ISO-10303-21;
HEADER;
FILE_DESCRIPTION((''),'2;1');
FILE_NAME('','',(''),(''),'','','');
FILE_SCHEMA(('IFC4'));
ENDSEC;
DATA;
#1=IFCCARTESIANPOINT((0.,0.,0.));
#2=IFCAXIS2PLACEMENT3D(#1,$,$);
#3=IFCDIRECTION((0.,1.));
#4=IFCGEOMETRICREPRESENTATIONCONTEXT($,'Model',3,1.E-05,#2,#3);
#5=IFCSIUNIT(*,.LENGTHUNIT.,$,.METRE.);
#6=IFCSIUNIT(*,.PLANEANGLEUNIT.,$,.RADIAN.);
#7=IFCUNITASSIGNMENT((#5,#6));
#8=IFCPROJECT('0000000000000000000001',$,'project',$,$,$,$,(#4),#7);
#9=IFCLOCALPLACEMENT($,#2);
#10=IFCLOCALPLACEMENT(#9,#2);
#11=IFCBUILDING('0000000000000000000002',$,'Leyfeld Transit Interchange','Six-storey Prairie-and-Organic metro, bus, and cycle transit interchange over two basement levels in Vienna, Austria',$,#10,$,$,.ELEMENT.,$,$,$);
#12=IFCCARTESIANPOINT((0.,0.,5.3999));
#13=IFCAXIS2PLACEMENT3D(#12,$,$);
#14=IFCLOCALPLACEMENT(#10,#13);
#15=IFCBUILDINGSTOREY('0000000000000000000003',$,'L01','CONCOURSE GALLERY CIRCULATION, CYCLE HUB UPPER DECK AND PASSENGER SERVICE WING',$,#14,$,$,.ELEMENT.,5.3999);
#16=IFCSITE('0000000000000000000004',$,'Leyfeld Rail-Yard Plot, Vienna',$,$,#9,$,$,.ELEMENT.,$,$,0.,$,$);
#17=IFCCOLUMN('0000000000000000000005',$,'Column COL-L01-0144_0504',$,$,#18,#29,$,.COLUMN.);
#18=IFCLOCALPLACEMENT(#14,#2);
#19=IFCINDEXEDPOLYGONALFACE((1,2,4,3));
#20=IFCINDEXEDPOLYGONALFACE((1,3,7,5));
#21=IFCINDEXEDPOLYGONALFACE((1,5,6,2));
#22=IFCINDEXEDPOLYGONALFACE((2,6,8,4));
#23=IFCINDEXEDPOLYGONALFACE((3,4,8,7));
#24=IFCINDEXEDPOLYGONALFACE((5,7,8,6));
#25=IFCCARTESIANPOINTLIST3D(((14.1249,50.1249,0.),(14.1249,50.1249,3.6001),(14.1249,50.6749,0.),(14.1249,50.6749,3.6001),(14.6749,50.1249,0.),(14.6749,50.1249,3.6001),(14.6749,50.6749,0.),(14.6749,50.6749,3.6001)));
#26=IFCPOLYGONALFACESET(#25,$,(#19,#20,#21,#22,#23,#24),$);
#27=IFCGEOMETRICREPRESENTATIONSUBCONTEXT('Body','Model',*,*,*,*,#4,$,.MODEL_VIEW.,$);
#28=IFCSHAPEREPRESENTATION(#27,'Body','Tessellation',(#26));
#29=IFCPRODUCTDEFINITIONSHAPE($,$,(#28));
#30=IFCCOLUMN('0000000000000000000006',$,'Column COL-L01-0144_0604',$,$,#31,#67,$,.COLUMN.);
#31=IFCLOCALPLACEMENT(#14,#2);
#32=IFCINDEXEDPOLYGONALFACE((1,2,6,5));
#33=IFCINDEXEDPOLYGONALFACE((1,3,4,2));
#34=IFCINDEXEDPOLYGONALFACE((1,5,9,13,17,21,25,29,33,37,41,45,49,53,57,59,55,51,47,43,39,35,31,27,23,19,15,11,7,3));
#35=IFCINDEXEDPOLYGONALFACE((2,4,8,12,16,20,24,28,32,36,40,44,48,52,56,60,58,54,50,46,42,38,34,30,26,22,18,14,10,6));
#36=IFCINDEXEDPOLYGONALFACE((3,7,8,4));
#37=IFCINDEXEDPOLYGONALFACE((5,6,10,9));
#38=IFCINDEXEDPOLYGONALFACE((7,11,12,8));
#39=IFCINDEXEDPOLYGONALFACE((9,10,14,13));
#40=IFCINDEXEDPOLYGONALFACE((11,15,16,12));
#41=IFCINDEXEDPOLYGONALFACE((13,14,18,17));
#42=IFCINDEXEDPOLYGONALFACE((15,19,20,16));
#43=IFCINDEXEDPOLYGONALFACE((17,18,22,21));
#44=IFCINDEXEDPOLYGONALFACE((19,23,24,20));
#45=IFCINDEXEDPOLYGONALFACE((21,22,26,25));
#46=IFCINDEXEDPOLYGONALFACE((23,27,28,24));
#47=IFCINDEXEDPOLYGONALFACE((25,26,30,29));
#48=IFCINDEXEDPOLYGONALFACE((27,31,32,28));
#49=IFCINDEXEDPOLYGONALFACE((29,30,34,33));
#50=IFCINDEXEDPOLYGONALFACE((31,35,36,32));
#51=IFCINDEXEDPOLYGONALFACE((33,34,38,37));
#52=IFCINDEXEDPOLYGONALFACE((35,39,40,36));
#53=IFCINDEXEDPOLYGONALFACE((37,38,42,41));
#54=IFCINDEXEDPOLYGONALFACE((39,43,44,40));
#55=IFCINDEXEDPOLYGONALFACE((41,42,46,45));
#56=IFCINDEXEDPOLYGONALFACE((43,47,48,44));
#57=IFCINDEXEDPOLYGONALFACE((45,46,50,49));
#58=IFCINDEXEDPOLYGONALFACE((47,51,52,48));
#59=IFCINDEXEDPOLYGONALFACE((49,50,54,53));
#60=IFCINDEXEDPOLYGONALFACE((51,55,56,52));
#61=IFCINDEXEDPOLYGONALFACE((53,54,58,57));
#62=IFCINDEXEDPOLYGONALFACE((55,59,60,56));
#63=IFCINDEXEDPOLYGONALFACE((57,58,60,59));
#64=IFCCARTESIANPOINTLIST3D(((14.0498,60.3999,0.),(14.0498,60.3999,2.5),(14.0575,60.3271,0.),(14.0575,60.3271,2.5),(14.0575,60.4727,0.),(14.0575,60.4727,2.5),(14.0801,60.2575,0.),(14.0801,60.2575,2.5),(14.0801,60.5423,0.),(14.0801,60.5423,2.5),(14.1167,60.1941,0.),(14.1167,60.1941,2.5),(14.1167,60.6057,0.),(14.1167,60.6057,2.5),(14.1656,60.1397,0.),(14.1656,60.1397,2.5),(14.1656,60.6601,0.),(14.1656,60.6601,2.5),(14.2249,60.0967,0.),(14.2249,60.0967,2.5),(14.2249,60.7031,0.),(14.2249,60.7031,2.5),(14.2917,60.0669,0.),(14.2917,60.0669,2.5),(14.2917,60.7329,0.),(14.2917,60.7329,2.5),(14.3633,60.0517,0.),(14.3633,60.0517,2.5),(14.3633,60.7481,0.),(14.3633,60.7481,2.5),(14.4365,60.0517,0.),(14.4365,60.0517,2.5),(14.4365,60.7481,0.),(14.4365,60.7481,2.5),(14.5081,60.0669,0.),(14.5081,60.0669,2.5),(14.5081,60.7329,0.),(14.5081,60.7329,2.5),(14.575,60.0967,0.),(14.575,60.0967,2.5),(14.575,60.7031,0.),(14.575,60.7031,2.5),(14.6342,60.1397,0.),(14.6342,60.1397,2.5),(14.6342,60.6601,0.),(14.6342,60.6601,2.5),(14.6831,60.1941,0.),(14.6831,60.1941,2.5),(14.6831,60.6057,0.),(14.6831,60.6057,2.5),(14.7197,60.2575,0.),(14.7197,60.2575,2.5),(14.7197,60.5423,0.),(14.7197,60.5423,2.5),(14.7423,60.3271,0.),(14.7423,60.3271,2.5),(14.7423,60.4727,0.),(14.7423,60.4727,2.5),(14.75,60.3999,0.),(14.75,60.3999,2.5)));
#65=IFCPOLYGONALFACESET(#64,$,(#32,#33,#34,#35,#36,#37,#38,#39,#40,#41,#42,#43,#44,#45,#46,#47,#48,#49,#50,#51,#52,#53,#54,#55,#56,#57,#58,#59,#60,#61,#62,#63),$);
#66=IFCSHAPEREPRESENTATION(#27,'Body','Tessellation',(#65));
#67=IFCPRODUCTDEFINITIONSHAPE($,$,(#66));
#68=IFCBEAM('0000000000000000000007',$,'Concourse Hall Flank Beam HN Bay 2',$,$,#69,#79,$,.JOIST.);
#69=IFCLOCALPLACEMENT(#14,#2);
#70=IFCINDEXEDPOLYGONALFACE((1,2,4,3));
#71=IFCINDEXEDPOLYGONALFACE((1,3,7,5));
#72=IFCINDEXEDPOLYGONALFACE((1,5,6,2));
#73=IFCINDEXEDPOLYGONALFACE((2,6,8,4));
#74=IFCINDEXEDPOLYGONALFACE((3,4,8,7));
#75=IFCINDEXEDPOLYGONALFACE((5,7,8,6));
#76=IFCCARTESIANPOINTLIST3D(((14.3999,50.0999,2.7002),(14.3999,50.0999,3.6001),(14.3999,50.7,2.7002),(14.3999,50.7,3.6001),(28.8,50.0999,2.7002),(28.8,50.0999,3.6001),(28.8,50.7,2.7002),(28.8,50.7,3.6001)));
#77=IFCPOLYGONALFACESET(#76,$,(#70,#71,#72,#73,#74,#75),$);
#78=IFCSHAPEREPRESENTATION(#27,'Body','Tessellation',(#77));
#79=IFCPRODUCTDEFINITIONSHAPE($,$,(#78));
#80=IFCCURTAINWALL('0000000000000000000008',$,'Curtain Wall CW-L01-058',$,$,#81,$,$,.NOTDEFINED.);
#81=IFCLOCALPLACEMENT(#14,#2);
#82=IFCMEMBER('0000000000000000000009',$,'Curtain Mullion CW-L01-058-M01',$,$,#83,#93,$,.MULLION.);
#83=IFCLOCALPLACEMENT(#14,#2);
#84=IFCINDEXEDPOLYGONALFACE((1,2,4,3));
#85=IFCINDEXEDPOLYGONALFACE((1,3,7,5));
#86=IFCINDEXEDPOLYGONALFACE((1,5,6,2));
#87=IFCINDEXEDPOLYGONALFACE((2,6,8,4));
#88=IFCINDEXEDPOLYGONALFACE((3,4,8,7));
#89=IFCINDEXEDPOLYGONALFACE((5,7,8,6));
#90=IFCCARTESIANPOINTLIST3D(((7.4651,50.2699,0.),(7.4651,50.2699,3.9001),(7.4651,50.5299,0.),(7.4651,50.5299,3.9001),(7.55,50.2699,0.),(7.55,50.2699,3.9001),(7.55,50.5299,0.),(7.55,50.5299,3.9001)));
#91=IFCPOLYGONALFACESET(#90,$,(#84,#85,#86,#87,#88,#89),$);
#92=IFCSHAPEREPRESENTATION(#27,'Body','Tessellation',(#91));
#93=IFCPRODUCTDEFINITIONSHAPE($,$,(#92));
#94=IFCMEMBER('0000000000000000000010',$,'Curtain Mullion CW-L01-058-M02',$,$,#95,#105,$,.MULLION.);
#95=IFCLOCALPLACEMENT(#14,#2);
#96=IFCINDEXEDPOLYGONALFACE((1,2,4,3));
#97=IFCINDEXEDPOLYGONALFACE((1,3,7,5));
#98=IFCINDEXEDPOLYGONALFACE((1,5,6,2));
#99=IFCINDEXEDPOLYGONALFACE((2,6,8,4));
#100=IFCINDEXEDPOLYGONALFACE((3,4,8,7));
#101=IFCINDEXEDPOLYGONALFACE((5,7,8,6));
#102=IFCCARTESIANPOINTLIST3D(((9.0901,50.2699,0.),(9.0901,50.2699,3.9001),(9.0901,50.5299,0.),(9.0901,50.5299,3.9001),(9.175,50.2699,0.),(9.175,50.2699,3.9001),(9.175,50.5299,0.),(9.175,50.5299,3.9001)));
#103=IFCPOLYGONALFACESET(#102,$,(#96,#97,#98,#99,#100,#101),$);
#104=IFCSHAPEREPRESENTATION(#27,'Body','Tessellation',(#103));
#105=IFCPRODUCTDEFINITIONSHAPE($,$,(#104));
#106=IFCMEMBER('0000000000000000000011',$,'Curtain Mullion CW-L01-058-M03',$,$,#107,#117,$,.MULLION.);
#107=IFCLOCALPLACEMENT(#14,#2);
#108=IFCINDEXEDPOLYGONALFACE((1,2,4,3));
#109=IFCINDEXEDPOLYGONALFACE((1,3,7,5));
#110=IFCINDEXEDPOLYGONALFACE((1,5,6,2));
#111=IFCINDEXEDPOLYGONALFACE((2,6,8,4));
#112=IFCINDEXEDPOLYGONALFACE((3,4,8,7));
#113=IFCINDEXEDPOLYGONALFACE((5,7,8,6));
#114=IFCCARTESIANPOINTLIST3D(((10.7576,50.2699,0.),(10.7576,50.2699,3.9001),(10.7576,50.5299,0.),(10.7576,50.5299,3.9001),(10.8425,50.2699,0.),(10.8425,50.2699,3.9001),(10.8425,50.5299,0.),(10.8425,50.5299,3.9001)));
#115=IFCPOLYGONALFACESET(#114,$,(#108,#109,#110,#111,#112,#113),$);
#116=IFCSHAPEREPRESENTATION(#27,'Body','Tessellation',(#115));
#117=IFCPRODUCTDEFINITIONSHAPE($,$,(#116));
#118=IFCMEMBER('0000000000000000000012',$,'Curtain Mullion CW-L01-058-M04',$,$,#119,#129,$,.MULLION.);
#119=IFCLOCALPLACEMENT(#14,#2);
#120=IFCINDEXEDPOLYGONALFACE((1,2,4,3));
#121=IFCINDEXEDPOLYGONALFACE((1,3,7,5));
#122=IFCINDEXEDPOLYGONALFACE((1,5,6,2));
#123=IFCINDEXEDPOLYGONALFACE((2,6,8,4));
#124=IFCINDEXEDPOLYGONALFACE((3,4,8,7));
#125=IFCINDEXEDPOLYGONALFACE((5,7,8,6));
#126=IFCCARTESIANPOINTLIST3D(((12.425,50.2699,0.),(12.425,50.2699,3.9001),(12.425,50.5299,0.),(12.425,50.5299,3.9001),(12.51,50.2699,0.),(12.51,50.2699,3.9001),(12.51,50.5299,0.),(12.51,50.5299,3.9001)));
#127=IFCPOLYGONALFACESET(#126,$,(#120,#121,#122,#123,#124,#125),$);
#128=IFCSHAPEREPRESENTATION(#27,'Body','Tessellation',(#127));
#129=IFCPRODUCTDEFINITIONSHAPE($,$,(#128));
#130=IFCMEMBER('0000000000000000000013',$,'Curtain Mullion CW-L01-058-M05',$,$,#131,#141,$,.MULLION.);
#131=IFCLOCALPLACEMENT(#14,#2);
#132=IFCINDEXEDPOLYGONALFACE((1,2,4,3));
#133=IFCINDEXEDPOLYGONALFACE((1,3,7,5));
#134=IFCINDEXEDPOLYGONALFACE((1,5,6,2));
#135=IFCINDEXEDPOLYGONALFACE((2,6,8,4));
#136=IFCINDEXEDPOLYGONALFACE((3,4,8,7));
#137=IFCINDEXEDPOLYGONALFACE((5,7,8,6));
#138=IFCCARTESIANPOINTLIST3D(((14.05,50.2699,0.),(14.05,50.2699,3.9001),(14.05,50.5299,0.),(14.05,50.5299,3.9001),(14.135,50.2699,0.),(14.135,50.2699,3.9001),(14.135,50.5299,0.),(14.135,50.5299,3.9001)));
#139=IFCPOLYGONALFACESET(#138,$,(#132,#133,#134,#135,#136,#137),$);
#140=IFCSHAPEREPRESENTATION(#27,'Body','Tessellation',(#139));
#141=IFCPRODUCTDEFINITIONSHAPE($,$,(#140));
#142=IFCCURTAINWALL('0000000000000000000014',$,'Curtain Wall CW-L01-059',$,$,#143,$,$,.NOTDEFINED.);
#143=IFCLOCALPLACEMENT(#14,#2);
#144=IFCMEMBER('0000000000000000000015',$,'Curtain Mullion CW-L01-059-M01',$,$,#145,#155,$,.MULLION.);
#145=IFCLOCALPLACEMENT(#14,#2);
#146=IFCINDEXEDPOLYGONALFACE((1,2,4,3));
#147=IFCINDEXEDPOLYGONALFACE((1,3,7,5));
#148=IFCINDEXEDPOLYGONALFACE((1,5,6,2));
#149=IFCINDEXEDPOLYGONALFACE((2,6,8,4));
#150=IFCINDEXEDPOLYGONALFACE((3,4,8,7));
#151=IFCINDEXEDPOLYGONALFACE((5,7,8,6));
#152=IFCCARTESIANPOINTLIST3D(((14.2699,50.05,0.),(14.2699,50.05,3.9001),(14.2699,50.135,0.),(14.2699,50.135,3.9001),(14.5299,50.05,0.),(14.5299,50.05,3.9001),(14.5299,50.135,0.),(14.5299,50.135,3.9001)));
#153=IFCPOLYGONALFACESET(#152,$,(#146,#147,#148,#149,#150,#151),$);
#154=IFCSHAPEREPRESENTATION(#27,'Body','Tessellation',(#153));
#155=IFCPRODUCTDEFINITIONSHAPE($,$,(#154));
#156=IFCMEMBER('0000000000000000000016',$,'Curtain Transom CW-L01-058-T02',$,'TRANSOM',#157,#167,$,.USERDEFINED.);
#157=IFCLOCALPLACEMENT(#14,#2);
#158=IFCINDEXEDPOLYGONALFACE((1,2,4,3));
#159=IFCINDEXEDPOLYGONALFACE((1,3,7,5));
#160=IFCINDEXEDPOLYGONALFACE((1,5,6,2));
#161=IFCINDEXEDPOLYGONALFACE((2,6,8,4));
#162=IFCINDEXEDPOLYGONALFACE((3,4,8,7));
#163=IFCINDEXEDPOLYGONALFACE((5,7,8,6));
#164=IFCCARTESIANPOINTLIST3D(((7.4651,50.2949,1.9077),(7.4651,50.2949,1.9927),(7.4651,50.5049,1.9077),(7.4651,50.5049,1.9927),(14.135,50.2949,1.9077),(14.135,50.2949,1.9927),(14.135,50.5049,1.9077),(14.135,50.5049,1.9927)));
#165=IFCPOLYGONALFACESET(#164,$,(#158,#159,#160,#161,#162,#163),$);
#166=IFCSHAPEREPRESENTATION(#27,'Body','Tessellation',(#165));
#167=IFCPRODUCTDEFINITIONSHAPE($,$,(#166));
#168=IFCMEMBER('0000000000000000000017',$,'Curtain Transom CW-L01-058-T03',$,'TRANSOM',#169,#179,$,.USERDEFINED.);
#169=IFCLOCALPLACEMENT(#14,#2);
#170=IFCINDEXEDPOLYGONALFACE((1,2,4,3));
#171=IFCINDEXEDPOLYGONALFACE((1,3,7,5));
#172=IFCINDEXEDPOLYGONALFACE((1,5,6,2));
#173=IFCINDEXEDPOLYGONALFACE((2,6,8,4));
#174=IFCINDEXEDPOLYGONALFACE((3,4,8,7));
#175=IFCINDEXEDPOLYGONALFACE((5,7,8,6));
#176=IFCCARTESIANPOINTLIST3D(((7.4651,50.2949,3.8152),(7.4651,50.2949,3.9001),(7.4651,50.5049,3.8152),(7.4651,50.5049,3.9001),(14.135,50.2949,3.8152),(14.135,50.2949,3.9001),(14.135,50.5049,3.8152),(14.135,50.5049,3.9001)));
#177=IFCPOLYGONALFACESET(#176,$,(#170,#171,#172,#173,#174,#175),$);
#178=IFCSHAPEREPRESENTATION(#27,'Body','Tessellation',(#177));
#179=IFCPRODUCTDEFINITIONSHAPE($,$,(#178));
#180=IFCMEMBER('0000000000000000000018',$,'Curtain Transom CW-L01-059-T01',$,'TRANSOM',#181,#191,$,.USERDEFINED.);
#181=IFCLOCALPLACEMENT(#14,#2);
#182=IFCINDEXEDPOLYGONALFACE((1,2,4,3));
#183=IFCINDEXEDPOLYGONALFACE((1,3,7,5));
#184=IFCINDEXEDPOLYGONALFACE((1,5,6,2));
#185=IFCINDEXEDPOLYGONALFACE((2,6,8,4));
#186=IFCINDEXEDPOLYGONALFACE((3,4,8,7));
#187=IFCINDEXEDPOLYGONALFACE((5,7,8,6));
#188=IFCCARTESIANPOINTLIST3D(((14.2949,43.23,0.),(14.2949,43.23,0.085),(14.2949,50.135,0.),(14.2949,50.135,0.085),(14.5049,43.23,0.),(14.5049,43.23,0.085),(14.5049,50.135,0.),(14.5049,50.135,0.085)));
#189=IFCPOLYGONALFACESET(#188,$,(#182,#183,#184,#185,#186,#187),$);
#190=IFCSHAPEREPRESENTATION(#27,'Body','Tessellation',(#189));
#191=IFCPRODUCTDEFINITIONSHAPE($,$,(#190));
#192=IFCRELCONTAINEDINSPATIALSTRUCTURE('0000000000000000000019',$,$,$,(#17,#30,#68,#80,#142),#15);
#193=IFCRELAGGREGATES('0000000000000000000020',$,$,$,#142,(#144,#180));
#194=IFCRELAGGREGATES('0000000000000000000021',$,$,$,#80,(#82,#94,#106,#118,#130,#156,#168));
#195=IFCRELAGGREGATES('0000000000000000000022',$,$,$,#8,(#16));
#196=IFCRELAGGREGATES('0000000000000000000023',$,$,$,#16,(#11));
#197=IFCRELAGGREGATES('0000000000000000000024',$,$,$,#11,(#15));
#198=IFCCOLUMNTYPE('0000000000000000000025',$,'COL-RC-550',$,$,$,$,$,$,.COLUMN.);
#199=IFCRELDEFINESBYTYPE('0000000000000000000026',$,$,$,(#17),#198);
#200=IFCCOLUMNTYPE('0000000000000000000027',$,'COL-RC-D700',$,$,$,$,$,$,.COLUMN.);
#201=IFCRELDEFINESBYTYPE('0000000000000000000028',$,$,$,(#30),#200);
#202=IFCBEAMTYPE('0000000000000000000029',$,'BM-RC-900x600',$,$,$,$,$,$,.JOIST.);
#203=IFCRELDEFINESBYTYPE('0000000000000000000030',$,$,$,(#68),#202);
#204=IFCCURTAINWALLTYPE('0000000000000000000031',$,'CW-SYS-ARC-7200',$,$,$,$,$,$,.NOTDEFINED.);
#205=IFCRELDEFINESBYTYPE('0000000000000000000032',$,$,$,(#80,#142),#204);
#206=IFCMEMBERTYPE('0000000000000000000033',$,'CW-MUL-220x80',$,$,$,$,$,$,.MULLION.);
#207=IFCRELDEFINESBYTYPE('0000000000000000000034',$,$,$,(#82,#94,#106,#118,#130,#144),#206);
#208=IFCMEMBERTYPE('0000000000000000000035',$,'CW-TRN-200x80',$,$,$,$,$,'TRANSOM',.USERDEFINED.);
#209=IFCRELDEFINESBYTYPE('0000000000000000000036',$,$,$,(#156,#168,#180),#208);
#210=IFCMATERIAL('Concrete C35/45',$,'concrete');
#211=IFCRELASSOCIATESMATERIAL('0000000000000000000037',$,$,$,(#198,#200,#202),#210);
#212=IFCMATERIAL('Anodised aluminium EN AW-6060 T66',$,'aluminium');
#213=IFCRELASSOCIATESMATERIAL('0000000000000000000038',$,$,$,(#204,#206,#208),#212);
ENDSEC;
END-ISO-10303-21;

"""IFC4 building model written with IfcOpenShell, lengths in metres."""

from ifc_helpers import new_model, si_unit, direction, frame, origin, origin_2d, place, context, subcontext, project, spatial, rectangle, circle, extrude, material, material_profile, profile_set, type_object, element, aggregate, save


model = new_model("IFC4")

# Units and contexts
model_context = context("Model", 3, precision=1e-05, world=origin(), true_north=direction((0.0, 1.0)))
body_context = subcontext(model_context, "Body", "Model", "MODEL_VIEW")
ifc_project = project(units=[si_unit("LENGTHUNIT", "METRE"), si_unit("PLANEANGLEUNIT", "RADIAN")], contexts=[model_context])

# Site, building, storey
site_placement = place(None, origin())
site = spatial("IfcSite", under=ifc_project, at=site_placement, Name="Leyfeld Rail-Yard Plot, Vienna", CompositionType="ELEMENT", RefElevation=0.0)
building_placement = place(site_placement, origin())
building = spatial("IfcBuilding", under=site, at=building_placement, Name="Leyfeld Transit Interchange", Description="Six-storey Prairie-and-Organic metro, bus, and cycle transit interchange over two basement levels in Vienna, Austria", CompositionType="ELEMENT")
storey_placement = place(building_placement, frame((0.0, 0.0, 5.3999)))
storey = spatial("IfcBuildingStorey", under=building, at=storey_placement, Name="L01", Description="CONCOURSE GALLERY CIRCULATION, CYCLE HUB UPPER DECK AND PASSENGER SERVICE WING", CompositionType="ELEMENT", Elevation=5.3999)

# Columns
ifc_material_1 = material(Name="Concrete C35/45", Category="concrete")
ifc_material_profile_1 = material_profile(ifc_material_1, rectangle(XDim=0.55, YDim=0.55, at=origin_2d()), Name="RC 550x550")
ifc_profile_set_1 = profile_set([ifc_material_profile_1], Name="Concrete C35/45")
column_type_1 = type_object("IfcColumnType", Name="COL-RC-550", PredefinedType="COLUMN", material=ifc_profile_set_1)
column_1_placement = place(storey_placement, frame((14.3999, 50.3999, 0.0), z_axis=(0.0, 0.0, 1.0), x_axis=(1.0, 0.0, 0.0)))
element("IfcColumn", 1, at=column_1_placement, inside=storey, type_object=column_type_1, Name="Column COL-L01-0144_0504", PredefinedType="COLUMN", context=body_context, shape_type="SweptSolid", body=[
    extrude(rectangle(XDim=0.55, YDim=0.55, at=origin_2d()), origin(), (0.0, 0.0, 1.0), 3.6001),
])
ifc_material_profile_2 = material_profile(ifc_material_1, circle(Radius=0.3501, at=origin_2d()), Name="RC D700")
ifc_profile_set_2 = profile_set([ifc_material_profile_2], Name="Concrete C35/45")
column_type_2 = type_object("IfcColumnType", Name="COL-RC-D700", PredefinedType="COLUMN", material=ifc_profile_set_2)
column_2_placement = place(storey_placement, frame((14.3999, 60.3999, 0.0), z_axis=(0.0, 0.0, 1.0), x_axis=(1.0, 0.0, 0.0)))
element("IfcColumn", 2, at=column_2_placement, inside=storey, type_object=column_type_2, Name="Column COL-L01-0144_0604", PredefinedType="COLUMN", context=body_context, shape_type="SweptSolid", body=[
    extrude(circle(Radius=0.3501, at=origin_2d()), origin(), (0.0, 0.0, 1.0), 2.5),
])

# Beam
ifc_material_profile_3 = material_profile(ifc_material_1, rectangle(XDim=0.6001, YDim=0.8999, at=origin_2d()), Name="RC 900x600")
ifc_profile_set_3 = profile_set([ifc_material_profile_3], Name="Concrete C35/45")
beam_type = type_object("IfcBeamType", Name="BM-RC-900x600", PredefinedType="JOIST", material=ifc_profile_set_3)
beam_placement = place(storey_placement, frame((14.3999, 50.3999, 3.1501), z_axis=(1.0, 0.0, 0.0), x_axis=(0.0, 1.0, 0.0)))
element("IfcBeam", 3, at=beam_placement, inside=storey, type_object=beam_type, Name="Concourse Hall Flank Beam HN Bay 2", PredefinedType="JOIST", context=body_context, shape_type="SweptSolid", body=[
    extrude(rectangle(XDim=0.6001, YDim=0.8999, at=origin_2d()), origin(), (0.0, 0.0, 1.0), 14.4001),
])

# Curtain wall, members
ifc_material_2 = material(Name="Anodised aluminium EN AW-6060 T66", Category="aluminium")
curtain_wall_type = type_object("IfcCurtainWallType", Name="CW-SYS-ARC-7200", PredefinedType="NOTDEFINED", material=ifc_material_2)
curtain_wall_1_placement = place(storey_placement, origin())
curtain_wall_1 = element("IfcCurtainWall", 4, at=curtain_wall_1_placement, inside=storey, type_object=curtain_wall_type, Name="Curtain Wall CW-L01-058", PredefinedType="NOTDEFINED")
ifc_material_profile_4 = material_profile(ifc_material_2, rectangle(XDim=0.085, YDim=0.26, at=origin_2d()), Name="CW-M 85x260")
ifc_profile_set_4 = profile_set([ifc_material_profile_4], Name="Anodised aluminium EN AW-6060 T66")
member_type_1 = type_object("IfcMemberType", Name="CW-MUL-220x80", PredefinedType="MULLION", material=ifc_profile_set_4)
member_1_placement = place(storey_placement, frame((7.5076, 50.3999, 0.0), z_axis=(0.0, 0.0, 1.0), x_axis=(1.0, 0.0, 0.0)))
member_1 = element("IfcMember", 5, at=member_1_placement, type_object=member_type_1, Name="Curtain Mullion CW-L01-058-M01", PredefinedType="MULLION", context=body_context, shape_type="SweptSolid", body=[
    extrude(rectangle(XDim=0.085, YDim=0.26, at=origin_2d()), origin(), (0.0, 0.0, 1.0), 3.9001),
])
member_2_placement = place(storey_placement, frame((9.1326, 50.3999, 0.0), z_axis=(0.0, 0.0, 1.0), x_axis=(1.0, 0.0, 0.0)))
member_2 = element("IfcMember", 6, at=member_2_placement, type_object=member_type_1, Name="Curtain Mullion CW-L01-058-M02", PredefinedType="MULLION", context=body_context, shape_type="SweptSolid", body=[
    extrude(rectangle(XDim=0.085, YDim=0.26, at=origin_2d()), origin(), (0.0, 0.0, 1.0), 3.9001),
])
member_3_placement = place(storey_placement, frame((10.8, 50.3999, 0.0), z_axis=(0.0, 0.0, 1.0), x_axis=(1.0, 0.0, 0.0)))
member_3 = element("IfcMember", 7, at=member_3_placement, type_object=member_type_1, Name="Curtain Mullion CW-L01-058-M03", PredefinedType="MULLION", context=body_context, shape_type="SweptSolid", body=[
    extrude(rectangle(XDim=0.085, YDim=0.26, at=origin_2d()), origin(), (0.0, 0.0, 1.0), 3.9001),
])
member_4_placement = place(storey_placement, frame((12.4675, 50.3999, 0.0), z_axis=(0.0, 0.0, 1.0), x_axis=(1.0, 0.0, 0.0)))
member_4 = element("IfcMember", 8, at=member_4_placement, type_object=member_type_1, Name="Curtain Mullion CW-L01-058-M04", PredefinedType="MULLION", context=body_context, shape_type="SweptSolid", body=[
    extrude(rectangle(XDim=0.085, YDim=0.26, at=origin_2d()), origin(), (0.0, 0.0, 1.0), 3.9001),
])
member_5_placement = place(storey_placement, frame((14.0925, 50.3999, 0.0), z_axis=(0.0, 0.0, 1.0), x_axis=(1.0, 0.0, 0.0)))
member_5 = element("IfcMember", 9, at=member_5_placement, type_object=member_type_1, Name="Curtain Mullion CW-L01-058-M05", PredefinedType="MULLION", context=body_context, shape_type="SweptSolid", body=[
    extrude(rectangle(XDim=0.085, YDim=0.26, at=origin_2d()), origin(), (0.0, 0.0, 1.0), 3.9001),
])

# Curtain wall, member
curtain_wall_2_placement = place(storey_placement, origin())
curtain_wall_2 = element("IfcCurtainWall", 10, at=curtain_wall_2_placement, inside=storey, type_object=curtain_wall_type, Name="Curtain Wall CW-L01-059", PredefinedType="NOTDEFINED")
member_6_placement = place(storey_placement, frame((14.3999, 50.0925, 0.0), z_axis=(0.0, 0.0, 1.0), x_axis=(0.0, -1.0, 0.0)))
member_6 = element("IfcMember", 11, at=member_6_placement, type_object=member_type_1, Name="Curtain Mullion CW-L01-059-M01", PredefinedType="MULLION", context=body_context, shape_type="SweptSolid", body=[
    extrude(rectangle(XDim=0.085, YDim=0.26, at=origin_2d()), origin(), (0.0, 0.0, 1.0), 3.9001),
])

# Members
ifc_material_profile_5 = material_profile(ifc_material_2, rectangle(XDim=0.21, YDim=0.085, at=origin_2d()), Name="CW-TRN-200x80")
ifc_profile_set_5 = profile_set([ifc_material_profile_5], Name="Anodised aluminium EN AW-6060 T66")
member_type_2 = type_object("IfcMemberType", Name="CW-TRN-200x80", ElementType="TRANSOM", PredefinedType="USERDEFINED", material=ifc_profile_set_5)
member_7_placement = place(storey_placement, frame((7.4651, 50.3999, 1.9502), z_axis=(1.0, 0.0, 0.0), x_axis=(0.0, 1.0, 0.0)))
member_7 = element("IfcMember", 12, at=member_7_placement, type_object=member_type_2, Name="Curtain Transom CW-L01-058-T02", ObjectType="TRANSOM", PredefinedType="USERDEFINED", context=body_context, shape_type="SweptSolid", body=[
    extrude(rectangle(XDim=0.21, YDim=0.085, at=origin_2d()), origin(), (0.0, 0.0, 1.0), 6.6699),
])
member_8_placement = place(storey_placement, frame((7.4651, 50.3999, 3.8577), z_axis=(1.0, 0.0, 0.0), x_axis=(0.0, 1.0, 0.0)))
member_8 = element("IfcMember", 13, at=member_8_placement, type_object=member_type_2, Name="Curtain Transom CW-L01-058-T03", ObjectType="TRANSOM", PredefinedType="USERDEFINED", context=body_context, shape_type="SweptSolid", body=[
    extrude(rectangle(XDim=0.21, YDim=0.085, at=origin_2d()), origin(), (0.0, 0.0, 1.0), 6.6699),
])
member_9_placement = place(storey_placement, frame((14.3999, 50.135, 0.0425), z_axis=(0.0, -1.0, 0.0), x_axis=(1.0, 0.0, 0.0)))
member_9 = element("IfcMember", 14, at=member_9_placement, type_object=member_type_2, Name="Curtain Transom CW-L01-059-T01", ObjectType="TRANSOM", PredefinedType="USERDEFINED", context=body_context, shape_type="SweptSolid", body=[
    extrude(rectangle(XDim=0.21, YDim=0.085, at=origin_2d()), origin(), (0.0, 0.0, 1.0), 6.905),
])
aggregate(curtain_wall_2, [member_6, member_9])

aggregate(curtain_wall_1, [member_1, member_2, member_3, member_4, member_5, member_7, member_8])

save(model, "model.ifc")
